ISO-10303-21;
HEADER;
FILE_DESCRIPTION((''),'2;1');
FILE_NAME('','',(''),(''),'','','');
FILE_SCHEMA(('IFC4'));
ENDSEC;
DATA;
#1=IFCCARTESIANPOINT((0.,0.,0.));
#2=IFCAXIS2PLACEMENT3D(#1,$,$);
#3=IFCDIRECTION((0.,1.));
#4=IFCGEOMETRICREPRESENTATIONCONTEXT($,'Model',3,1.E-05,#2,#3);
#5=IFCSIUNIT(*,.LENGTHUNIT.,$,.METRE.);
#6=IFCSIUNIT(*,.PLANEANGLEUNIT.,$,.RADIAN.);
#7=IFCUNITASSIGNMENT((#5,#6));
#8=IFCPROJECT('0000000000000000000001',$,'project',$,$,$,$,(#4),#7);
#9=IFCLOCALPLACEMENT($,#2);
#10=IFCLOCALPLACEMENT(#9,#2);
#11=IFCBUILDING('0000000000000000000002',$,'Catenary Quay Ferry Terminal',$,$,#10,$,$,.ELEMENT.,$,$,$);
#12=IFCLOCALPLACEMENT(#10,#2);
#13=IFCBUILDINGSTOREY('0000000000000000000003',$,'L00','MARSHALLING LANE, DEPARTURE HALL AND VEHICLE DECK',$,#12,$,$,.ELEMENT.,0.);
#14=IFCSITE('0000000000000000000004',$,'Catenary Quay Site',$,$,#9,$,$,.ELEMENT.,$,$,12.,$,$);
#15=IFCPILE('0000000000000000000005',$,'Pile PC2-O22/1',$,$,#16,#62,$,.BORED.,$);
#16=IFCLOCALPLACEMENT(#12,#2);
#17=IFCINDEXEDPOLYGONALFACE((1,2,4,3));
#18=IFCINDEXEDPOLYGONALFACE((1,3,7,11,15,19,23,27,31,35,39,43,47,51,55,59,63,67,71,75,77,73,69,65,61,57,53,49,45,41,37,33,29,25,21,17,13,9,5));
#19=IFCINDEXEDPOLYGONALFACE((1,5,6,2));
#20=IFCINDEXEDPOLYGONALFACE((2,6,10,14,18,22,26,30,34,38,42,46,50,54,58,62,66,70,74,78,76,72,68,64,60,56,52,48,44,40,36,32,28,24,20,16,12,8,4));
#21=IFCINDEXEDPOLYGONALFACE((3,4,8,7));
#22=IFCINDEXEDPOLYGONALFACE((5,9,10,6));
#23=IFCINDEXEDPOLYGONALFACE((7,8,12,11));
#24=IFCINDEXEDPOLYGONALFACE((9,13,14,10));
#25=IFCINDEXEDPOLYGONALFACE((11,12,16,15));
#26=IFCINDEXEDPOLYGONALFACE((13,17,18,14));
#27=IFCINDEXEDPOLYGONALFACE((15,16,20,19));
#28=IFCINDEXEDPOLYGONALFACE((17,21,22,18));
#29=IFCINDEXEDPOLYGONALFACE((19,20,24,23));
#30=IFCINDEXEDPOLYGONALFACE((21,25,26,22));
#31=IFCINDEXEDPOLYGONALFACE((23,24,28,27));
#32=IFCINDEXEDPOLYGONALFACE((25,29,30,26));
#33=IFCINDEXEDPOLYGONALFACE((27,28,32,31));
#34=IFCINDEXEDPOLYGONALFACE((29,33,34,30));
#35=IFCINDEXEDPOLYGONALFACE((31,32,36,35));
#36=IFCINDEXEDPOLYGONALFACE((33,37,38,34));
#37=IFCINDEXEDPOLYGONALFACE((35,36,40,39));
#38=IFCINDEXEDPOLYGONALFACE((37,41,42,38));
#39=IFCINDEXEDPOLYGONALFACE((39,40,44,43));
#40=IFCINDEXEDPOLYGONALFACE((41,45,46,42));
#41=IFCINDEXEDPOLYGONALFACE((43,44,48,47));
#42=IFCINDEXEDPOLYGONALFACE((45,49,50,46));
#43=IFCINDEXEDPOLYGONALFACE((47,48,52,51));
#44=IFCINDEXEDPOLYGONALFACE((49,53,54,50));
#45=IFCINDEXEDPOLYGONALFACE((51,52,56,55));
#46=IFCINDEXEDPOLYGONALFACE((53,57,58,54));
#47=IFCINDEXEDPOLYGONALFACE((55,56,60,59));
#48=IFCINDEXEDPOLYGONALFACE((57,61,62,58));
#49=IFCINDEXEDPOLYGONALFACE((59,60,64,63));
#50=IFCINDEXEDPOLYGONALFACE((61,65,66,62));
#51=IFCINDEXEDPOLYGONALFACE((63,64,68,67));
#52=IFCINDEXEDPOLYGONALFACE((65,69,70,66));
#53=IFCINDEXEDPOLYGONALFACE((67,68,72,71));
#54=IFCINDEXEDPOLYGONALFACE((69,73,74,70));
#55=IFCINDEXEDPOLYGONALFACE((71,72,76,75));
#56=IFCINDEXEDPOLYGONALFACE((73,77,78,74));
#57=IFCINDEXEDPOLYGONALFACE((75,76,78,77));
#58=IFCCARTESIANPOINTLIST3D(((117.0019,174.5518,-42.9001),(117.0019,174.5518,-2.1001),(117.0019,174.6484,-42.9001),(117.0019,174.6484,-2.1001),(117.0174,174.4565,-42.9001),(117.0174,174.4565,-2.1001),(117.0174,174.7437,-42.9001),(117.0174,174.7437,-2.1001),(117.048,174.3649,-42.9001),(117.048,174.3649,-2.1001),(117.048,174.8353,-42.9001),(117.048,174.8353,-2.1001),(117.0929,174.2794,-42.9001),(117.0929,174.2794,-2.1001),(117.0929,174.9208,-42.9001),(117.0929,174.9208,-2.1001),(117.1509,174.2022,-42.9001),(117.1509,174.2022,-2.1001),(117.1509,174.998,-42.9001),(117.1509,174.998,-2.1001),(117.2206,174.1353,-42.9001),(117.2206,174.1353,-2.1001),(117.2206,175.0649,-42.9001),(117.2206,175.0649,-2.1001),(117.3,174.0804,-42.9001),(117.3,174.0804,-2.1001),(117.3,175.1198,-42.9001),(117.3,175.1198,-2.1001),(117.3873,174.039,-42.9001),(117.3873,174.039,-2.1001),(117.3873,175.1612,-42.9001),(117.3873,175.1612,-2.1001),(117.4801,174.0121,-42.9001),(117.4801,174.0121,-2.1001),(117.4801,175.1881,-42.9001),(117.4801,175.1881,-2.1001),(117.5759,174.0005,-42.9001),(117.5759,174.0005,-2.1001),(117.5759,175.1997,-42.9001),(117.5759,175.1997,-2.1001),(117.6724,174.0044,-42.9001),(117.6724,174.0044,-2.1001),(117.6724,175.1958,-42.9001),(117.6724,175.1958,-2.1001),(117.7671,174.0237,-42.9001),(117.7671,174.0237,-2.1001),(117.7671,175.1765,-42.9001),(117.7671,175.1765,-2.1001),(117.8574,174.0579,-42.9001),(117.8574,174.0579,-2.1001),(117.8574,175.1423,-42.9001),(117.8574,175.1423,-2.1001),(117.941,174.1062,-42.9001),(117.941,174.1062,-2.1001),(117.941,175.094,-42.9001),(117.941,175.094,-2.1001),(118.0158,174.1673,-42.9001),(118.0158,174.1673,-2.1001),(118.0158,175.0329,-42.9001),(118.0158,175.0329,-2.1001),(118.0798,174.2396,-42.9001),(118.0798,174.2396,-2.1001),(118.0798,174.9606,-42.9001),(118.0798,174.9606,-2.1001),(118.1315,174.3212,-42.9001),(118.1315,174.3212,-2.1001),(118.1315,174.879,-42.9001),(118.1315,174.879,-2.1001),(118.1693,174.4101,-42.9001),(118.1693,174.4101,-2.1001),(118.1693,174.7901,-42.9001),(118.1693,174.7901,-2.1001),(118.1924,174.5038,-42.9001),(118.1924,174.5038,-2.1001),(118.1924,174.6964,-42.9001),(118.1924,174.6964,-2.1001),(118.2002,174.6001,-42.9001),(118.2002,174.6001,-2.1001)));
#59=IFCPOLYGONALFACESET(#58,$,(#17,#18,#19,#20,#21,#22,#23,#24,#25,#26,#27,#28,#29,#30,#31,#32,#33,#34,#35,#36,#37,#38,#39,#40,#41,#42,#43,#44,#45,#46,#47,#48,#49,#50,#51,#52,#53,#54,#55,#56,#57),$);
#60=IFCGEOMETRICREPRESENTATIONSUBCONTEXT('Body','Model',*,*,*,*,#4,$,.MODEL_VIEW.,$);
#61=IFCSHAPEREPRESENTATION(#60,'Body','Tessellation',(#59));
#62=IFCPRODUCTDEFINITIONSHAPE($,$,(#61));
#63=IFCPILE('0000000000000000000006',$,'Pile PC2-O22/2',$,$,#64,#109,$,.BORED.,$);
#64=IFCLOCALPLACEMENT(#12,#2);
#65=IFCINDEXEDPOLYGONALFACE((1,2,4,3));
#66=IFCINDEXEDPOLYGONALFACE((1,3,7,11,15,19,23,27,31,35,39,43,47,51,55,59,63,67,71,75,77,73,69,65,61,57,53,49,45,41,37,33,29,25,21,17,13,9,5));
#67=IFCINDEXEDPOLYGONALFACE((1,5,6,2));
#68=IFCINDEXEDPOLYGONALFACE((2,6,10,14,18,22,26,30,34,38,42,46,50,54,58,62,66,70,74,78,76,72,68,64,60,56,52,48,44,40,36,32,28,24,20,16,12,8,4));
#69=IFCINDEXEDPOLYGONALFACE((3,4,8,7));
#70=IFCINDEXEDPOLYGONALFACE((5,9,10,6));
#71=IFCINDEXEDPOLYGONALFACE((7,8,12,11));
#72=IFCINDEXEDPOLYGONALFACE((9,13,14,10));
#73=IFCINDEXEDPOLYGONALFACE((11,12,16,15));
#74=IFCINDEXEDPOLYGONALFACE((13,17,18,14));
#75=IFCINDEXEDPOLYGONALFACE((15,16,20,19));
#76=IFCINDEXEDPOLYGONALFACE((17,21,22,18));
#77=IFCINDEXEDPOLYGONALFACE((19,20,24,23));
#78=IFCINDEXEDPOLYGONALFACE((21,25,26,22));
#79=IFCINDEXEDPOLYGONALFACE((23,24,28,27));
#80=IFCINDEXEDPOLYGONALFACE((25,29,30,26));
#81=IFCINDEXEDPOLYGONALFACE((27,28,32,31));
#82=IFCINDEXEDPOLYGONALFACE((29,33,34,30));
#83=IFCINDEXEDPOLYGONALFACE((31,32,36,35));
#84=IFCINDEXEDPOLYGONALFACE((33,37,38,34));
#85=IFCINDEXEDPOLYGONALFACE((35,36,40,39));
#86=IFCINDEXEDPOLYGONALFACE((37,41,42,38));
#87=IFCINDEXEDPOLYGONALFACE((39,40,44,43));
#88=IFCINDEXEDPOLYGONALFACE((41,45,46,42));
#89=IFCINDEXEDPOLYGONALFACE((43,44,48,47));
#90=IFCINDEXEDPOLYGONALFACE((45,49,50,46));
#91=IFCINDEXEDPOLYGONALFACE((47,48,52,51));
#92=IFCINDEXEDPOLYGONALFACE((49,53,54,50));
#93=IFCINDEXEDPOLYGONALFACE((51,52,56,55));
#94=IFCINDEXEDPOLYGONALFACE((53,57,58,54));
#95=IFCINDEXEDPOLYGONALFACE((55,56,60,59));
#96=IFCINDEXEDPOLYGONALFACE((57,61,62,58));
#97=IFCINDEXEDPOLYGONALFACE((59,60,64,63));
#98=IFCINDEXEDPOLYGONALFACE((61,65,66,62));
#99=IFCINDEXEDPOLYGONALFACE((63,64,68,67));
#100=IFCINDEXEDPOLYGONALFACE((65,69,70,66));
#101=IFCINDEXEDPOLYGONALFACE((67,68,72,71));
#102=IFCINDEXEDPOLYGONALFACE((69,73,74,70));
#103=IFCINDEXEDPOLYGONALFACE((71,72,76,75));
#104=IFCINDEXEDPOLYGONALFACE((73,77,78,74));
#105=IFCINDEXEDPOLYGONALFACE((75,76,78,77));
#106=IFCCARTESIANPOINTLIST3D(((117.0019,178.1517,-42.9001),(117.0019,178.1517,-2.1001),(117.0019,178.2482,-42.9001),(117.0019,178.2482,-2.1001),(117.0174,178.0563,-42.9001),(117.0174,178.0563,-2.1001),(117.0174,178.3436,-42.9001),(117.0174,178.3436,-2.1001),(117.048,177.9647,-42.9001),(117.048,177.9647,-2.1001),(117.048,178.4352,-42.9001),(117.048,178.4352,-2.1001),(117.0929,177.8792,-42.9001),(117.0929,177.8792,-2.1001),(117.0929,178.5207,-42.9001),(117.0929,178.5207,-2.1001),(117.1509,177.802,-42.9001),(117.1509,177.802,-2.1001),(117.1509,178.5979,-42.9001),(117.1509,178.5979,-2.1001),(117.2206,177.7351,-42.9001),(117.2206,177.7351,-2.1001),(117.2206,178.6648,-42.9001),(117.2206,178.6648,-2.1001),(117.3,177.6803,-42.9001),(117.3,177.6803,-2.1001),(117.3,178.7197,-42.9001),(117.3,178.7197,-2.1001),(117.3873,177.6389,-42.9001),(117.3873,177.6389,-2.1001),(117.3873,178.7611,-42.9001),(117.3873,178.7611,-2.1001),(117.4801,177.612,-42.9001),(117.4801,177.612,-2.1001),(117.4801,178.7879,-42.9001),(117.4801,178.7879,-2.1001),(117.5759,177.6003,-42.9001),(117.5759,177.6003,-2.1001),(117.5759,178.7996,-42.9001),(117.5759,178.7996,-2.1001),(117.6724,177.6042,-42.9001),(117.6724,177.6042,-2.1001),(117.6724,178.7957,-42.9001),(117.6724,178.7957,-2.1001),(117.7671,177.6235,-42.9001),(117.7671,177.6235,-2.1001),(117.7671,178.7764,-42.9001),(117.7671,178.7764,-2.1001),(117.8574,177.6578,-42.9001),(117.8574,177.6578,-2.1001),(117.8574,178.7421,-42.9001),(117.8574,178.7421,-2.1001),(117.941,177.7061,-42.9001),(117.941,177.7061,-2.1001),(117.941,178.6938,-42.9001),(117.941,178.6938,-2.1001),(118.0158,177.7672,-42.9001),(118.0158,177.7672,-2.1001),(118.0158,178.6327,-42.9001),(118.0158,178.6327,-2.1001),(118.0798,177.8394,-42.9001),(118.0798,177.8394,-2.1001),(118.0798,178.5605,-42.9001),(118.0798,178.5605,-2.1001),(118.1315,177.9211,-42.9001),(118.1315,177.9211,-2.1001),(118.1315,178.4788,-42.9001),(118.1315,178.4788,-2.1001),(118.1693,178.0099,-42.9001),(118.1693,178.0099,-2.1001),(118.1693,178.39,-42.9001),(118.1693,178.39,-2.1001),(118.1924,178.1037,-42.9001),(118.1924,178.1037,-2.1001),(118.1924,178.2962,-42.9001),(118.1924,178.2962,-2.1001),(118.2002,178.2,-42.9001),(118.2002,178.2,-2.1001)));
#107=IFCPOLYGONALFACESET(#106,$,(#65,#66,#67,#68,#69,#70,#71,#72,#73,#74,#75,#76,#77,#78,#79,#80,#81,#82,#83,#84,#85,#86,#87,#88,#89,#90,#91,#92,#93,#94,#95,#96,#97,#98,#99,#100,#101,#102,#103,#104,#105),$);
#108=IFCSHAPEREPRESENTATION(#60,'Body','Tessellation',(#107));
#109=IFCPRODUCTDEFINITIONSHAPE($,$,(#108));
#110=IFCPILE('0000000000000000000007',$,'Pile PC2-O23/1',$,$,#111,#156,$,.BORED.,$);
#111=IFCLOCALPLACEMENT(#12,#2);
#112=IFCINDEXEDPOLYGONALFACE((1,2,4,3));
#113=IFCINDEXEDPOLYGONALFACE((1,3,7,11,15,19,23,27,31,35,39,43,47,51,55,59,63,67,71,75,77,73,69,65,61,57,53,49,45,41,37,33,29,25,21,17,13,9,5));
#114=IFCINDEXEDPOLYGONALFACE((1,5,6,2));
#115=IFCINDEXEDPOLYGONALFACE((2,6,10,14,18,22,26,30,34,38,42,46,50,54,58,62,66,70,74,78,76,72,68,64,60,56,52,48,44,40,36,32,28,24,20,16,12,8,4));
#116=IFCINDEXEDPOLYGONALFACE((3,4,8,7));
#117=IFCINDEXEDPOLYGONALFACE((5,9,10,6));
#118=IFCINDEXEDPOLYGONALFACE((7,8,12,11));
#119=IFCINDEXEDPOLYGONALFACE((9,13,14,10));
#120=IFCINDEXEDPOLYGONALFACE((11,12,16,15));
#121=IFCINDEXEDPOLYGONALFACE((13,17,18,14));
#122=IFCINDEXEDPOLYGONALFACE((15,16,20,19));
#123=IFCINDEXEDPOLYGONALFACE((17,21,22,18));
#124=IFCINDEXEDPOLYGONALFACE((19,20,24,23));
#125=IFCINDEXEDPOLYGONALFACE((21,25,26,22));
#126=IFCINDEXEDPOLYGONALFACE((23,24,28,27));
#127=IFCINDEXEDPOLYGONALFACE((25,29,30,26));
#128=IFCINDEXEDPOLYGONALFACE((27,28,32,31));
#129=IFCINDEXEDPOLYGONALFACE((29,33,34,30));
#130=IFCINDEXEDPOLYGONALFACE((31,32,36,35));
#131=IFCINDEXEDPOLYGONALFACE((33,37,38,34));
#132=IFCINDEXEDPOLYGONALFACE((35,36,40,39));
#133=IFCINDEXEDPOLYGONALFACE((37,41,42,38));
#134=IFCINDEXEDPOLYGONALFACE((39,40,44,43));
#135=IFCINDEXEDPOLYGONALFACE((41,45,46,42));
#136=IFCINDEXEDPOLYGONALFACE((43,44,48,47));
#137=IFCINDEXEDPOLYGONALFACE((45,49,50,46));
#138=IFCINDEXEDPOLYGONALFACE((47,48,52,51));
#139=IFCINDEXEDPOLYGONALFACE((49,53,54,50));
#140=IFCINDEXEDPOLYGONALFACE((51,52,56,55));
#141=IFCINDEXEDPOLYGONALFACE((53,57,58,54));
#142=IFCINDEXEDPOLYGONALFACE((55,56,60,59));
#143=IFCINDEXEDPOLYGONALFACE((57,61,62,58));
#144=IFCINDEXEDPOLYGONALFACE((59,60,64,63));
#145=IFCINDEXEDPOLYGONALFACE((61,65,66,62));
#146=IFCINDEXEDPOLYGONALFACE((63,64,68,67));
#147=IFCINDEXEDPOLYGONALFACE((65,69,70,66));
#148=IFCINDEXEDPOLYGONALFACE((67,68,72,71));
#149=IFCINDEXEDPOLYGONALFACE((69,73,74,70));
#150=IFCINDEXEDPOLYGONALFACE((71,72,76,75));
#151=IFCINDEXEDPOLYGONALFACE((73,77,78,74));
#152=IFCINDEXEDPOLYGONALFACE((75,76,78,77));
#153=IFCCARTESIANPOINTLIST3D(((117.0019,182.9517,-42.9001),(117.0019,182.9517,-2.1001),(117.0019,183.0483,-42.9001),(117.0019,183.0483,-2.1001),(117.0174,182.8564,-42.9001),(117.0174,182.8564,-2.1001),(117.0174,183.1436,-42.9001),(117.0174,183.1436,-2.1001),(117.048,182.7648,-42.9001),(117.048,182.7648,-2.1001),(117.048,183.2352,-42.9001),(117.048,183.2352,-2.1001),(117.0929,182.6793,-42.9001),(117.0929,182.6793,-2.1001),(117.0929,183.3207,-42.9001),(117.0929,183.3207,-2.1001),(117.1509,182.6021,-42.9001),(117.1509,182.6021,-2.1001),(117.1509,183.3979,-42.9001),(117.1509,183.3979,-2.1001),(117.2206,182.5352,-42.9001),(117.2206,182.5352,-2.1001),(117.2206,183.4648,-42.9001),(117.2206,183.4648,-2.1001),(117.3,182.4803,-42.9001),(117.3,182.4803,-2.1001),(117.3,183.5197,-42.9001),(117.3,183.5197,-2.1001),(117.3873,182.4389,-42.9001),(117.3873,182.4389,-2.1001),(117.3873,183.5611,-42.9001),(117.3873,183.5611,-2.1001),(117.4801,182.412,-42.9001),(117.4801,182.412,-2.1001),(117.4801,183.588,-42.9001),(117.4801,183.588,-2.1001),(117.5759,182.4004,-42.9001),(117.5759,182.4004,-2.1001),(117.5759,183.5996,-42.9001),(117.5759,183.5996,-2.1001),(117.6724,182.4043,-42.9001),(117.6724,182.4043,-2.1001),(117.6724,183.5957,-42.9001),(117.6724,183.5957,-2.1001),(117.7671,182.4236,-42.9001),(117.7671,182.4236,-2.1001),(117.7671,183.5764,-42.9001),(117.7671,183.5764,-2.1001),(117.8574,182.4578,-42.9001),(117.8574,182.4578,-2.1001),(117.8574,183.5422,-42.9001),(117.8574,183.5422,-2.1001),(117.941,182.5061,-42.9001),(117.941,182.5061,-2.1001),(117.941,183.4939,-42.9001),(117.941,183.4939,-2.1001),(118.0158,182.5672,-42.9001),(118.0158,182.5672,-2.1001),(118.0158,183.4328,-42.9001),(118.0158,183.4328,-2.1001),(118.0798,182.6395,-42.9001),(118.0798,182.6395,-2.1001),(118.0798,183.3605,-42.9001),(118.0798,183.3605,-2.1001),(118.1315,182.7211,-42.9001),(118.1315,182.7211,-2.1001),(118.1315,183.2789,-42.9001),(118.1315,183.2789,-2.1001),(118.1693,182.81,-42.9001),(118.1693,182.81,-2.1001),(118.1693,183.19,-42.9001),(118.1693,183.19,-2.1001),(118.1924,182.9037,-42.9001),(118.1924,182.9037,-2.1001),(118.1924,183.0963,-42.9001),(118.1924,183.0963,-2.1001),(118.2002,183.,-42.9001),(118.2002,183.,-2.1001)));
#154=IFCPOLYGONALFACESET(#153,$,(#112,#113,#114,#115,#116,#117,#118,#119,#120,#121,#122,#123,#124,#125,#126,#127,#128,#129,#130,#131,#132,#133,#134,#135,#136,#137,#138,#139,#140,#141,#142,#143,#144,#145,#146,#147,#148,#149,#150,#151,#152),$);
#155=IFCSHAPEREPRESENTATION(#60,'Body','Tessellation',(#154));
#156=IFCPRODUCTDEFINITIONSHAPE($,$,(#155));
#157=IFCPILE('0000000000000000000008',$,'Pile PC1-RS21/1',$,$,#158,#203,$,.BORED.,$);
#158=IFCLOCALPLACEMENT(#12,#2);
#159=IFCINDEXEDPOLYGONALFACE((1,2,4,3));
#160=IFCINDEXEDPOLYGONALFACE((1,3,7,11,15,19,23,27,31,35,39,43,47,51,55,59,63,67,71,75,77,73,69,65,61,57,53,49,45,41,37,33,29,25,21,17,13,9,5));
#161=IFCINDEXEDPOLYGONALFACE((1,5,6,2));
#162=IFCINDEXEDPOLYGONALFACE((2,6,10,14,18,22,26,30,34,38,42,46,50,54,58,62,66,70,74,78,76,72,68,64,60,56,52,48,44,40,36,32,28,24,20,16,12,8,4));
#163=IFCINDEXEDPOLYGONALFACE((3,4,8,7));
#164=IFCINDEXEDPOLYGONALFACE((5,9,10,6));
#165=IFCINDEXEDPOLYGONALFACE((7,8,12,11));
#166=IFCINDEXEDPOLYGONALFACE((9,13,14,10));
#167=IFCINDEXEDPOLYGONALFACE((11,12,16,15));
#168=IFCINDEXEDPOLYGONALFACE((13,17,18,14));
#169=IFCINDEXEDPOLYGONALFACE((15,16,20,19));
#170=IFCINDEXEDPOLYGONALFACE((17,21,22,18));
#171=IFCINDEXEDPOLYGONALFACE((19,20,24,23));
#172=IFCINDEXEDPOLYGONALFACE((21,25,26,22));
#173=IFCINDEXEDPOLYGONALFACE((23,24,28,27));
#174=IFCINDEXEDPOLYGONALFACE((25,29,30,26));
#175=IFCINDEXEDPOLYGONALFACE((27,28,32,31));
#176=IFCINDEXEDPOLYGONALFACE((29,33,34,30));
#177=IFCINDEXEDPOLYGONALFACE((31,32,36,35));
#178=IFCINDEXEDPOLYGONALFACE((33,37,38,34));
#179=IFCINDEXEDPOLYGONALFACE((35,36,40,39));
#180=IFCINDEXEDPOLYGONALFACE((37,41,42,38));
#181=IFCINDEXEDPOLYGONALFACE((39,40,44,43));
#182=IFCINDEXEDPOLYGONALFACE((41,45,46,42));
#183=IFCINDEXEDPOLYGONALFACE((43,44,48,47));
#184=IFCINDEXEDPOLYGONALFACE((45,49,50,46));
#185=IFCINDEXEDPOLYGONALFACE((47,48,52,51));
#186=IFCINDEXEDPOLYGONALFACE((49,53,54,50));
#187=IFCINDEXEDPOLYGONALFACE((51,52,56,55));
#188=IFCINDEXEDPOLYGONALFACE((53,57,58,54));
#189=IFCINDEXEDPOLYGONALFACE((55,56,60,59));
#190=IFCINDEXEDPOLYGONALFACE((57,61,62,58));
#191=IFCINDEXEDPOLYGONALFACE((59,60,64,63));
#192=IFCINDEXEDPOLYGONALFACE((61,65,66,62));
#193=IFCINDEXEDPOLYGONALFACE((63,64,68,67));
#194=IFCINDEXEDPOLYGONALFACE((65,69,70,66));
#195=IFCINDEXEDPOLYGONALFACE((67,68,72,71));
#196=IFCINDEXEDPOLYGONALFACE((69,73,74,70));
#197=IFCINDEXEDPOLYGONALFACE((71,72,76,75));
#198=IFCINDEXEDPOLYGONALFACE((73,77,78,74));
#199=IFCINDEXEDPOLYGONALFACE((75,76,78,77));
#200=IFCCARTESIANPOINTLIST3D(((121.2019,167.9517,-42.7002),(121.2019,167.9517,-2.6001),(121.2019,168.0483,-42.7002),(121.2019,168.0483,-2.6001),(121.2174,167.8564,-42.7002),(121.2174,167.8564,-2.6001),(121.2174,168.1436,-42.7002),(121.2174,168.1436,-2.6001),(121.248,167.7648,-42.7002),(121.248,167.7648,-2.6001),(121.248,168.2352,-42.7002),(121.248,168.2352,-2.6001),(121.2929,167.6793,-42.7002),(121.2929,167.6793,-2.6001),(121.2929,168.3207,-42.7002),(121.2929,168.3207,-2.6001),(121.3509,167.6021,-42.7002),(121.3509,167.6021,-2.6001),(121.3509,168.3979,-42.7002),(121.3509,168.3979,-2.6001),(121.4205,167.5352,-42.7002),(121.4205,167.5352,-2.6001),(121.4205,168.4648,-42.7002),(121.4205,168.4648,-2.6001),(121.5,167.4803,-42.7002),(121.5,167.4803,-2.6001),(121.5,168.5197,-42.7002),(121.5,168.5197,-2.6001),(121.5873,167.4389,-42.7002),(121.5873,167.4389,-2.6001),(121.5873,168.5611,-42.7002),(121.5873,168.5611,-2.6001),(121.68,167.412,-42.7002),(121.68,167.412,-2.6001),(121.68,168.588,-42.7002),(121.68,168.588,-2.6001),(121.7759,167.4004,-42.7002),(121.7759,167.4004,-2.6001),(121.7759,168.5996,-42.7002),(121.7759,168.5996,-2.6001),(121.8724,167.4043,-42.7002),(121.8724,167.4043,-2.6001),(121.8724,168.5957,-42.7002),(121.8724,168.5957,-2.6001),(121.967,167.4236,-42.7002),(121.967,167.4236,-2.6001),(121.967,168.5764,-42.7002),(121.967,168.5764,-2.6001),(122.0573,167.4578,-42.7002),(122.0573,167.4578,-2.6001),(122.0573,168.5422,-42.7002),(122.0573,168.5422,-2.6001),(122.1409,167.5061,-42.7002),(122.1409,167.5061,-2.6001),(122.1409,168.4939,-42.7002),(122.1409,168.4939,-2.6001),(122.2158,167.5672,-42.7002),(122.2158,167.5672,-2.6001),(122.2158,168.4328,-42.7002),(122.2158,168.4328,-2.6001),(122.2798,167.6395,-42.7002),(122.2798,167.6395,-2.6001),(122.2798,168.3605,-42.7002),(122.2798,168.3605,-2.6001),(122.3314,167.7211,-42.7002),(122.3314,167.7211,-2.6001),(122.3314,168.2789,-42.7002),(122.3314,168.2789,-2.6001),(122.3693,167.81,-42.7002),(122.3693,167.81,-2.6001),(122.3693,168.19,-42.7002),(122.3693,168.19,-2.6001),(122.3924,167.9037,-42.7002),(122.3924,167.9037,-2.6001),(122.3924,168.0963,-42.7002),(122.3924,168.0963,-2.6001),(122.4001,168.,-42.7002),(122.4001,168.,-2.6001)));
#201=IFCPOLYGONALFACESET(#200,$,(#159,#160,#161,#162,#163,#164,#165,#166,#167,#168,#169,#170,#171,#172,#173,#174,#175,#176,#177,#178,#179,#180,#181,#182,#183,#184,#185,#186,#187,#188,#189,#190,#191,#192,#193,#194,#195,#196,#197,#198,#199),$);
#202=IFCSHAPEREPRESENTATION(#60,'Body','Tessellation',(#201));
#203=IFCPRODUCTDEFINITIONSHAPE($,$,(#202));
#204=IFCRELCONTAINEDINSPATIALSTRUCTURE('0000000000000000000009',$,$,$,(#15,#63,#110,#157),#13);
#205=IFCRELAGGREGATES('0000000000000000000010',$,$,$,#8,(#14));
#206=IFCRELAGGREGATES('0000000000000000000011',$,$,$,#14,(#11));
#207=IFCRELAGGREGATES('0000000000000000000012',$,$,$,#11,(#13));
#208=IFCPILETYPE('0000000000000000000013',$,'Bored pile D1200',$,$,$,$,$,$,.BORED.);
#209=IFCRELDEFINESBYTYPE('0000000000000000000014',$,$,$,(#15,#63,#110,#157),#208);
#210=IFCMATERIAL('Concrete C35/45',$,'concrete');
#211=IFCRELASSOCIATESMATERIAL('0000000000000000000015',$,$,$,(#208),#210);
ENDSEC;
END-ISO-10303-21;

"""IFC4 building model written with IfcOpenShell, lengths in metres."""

from ifc_helpers import new_model, si_unit, direction, frame, origin, origin_2d, place, context, subcontext, project, spatial, circle, extrude, material, material_profile, profile_set, type_object, element, save


model = new_model("IFC4")

# Units and contexts
model_context = context("Model", 3, precision=1e-05, world=origin(), true_north=direction((0.0, 1.0)))
body_context = subcontext(model_context, "Body", "Model", "MODEL_VIEW")
ifc_project = project(units=[si_unit("LENGTHUNIT", "METRE"), si_unit("PLANEANGLEUNIT", "RADIAN")], contexts=[model_context])

# Site, building, storey
site_placement = place(None, origin())
site = spatial("IfcSite", under=ifc_project, at=site_placement, Name="Catenary Quay Site", CompositionType="ELEMENT", RefElevation=12.0)
building_placement = place(site_placement, origin())
building = spatial("IfcBuilding", under=site, at=building_placement, Name="Catenary Quay Ferry Terminal", CompositionType="ELEMENT")
storey_placement = place(building_placement, origin())
storey = spatial("IfcBuildingStorey", under=building, at=storey_placement, Name="L00", Description="MARSHALLING LANE, DEPARTURE HALL AND VEHICLE DECK", CompositionType="ELEMENT", Elevation=0.0)

# Piles
ifc_material_1 = material(Name="Concrete C35/45", Category="concrete")
ifc_material_profile = material_profile(ifc_material_1, circle(Radius=0.6001, at=origin_2d()), Name="D1200")
ifc_profile_set = profile_set([ifc_material_profile], Name="Concrete C35/45")
pile_type = type_object("IfcPileType", Name="Bored pile D1200", PredefinedType="BORED", material=ifc_profile_set)
for number, where, z_axis, x_axis, name in (
    (1, (117.6001, 174.6001, -2.1001), (0.0, 0.0, -1.0), (1.0, 0.0, 0.0), "Pile PC2-O22/1"),
    (2, (117.6001, 178.2, -2.1001), (0.0, 0.0, -1.0), (1.0, 0.0, 0.0), "Pile PC2-O22/2"),
    (3, (117.6001, 183.0, -2.1001), (0.0, 0.0, -1.0), (1.0, 0.0, 0.0), "Pile PC2-O23/1"),
):
    element("IfcPile", number, at=place(storey_placement, frame(where, z_axis=z_axis, x_axis=x_axis)), inside=storey, type_object=pile_type, Name=name, PredefinedType="BORED", context=body_context, shape_type="SweptSolid", body=[
        extrude(circle(Radius=0.6001, at=origin_2d()), origin(), (0.0, 0.0, 1.0), 40.8),
    ])
for number, where, z_axis, x_axis, name in (
    (4, (121.8, 168.0, -2.6001), (0.0, 0.0, -1.0), (1.0, 0.0, 0.0), "Pile PC1-RS21/1"),
):
    element("IfcPile", number, at=place(storey_placement, frame(where, z_axis=z_axis, x_axis=x_axis)), inside=storey, type_object=pile_type, Name=name, PredefinedType="BORED", context=body_context, shape_type="SweptSolid", body=[
        extrude(circle(Radius=0.6001, at=origin_2d()), origin(), (0.0, 0.0, 1.0), 40.1001),
    ])

save(model, "model.ifc")
